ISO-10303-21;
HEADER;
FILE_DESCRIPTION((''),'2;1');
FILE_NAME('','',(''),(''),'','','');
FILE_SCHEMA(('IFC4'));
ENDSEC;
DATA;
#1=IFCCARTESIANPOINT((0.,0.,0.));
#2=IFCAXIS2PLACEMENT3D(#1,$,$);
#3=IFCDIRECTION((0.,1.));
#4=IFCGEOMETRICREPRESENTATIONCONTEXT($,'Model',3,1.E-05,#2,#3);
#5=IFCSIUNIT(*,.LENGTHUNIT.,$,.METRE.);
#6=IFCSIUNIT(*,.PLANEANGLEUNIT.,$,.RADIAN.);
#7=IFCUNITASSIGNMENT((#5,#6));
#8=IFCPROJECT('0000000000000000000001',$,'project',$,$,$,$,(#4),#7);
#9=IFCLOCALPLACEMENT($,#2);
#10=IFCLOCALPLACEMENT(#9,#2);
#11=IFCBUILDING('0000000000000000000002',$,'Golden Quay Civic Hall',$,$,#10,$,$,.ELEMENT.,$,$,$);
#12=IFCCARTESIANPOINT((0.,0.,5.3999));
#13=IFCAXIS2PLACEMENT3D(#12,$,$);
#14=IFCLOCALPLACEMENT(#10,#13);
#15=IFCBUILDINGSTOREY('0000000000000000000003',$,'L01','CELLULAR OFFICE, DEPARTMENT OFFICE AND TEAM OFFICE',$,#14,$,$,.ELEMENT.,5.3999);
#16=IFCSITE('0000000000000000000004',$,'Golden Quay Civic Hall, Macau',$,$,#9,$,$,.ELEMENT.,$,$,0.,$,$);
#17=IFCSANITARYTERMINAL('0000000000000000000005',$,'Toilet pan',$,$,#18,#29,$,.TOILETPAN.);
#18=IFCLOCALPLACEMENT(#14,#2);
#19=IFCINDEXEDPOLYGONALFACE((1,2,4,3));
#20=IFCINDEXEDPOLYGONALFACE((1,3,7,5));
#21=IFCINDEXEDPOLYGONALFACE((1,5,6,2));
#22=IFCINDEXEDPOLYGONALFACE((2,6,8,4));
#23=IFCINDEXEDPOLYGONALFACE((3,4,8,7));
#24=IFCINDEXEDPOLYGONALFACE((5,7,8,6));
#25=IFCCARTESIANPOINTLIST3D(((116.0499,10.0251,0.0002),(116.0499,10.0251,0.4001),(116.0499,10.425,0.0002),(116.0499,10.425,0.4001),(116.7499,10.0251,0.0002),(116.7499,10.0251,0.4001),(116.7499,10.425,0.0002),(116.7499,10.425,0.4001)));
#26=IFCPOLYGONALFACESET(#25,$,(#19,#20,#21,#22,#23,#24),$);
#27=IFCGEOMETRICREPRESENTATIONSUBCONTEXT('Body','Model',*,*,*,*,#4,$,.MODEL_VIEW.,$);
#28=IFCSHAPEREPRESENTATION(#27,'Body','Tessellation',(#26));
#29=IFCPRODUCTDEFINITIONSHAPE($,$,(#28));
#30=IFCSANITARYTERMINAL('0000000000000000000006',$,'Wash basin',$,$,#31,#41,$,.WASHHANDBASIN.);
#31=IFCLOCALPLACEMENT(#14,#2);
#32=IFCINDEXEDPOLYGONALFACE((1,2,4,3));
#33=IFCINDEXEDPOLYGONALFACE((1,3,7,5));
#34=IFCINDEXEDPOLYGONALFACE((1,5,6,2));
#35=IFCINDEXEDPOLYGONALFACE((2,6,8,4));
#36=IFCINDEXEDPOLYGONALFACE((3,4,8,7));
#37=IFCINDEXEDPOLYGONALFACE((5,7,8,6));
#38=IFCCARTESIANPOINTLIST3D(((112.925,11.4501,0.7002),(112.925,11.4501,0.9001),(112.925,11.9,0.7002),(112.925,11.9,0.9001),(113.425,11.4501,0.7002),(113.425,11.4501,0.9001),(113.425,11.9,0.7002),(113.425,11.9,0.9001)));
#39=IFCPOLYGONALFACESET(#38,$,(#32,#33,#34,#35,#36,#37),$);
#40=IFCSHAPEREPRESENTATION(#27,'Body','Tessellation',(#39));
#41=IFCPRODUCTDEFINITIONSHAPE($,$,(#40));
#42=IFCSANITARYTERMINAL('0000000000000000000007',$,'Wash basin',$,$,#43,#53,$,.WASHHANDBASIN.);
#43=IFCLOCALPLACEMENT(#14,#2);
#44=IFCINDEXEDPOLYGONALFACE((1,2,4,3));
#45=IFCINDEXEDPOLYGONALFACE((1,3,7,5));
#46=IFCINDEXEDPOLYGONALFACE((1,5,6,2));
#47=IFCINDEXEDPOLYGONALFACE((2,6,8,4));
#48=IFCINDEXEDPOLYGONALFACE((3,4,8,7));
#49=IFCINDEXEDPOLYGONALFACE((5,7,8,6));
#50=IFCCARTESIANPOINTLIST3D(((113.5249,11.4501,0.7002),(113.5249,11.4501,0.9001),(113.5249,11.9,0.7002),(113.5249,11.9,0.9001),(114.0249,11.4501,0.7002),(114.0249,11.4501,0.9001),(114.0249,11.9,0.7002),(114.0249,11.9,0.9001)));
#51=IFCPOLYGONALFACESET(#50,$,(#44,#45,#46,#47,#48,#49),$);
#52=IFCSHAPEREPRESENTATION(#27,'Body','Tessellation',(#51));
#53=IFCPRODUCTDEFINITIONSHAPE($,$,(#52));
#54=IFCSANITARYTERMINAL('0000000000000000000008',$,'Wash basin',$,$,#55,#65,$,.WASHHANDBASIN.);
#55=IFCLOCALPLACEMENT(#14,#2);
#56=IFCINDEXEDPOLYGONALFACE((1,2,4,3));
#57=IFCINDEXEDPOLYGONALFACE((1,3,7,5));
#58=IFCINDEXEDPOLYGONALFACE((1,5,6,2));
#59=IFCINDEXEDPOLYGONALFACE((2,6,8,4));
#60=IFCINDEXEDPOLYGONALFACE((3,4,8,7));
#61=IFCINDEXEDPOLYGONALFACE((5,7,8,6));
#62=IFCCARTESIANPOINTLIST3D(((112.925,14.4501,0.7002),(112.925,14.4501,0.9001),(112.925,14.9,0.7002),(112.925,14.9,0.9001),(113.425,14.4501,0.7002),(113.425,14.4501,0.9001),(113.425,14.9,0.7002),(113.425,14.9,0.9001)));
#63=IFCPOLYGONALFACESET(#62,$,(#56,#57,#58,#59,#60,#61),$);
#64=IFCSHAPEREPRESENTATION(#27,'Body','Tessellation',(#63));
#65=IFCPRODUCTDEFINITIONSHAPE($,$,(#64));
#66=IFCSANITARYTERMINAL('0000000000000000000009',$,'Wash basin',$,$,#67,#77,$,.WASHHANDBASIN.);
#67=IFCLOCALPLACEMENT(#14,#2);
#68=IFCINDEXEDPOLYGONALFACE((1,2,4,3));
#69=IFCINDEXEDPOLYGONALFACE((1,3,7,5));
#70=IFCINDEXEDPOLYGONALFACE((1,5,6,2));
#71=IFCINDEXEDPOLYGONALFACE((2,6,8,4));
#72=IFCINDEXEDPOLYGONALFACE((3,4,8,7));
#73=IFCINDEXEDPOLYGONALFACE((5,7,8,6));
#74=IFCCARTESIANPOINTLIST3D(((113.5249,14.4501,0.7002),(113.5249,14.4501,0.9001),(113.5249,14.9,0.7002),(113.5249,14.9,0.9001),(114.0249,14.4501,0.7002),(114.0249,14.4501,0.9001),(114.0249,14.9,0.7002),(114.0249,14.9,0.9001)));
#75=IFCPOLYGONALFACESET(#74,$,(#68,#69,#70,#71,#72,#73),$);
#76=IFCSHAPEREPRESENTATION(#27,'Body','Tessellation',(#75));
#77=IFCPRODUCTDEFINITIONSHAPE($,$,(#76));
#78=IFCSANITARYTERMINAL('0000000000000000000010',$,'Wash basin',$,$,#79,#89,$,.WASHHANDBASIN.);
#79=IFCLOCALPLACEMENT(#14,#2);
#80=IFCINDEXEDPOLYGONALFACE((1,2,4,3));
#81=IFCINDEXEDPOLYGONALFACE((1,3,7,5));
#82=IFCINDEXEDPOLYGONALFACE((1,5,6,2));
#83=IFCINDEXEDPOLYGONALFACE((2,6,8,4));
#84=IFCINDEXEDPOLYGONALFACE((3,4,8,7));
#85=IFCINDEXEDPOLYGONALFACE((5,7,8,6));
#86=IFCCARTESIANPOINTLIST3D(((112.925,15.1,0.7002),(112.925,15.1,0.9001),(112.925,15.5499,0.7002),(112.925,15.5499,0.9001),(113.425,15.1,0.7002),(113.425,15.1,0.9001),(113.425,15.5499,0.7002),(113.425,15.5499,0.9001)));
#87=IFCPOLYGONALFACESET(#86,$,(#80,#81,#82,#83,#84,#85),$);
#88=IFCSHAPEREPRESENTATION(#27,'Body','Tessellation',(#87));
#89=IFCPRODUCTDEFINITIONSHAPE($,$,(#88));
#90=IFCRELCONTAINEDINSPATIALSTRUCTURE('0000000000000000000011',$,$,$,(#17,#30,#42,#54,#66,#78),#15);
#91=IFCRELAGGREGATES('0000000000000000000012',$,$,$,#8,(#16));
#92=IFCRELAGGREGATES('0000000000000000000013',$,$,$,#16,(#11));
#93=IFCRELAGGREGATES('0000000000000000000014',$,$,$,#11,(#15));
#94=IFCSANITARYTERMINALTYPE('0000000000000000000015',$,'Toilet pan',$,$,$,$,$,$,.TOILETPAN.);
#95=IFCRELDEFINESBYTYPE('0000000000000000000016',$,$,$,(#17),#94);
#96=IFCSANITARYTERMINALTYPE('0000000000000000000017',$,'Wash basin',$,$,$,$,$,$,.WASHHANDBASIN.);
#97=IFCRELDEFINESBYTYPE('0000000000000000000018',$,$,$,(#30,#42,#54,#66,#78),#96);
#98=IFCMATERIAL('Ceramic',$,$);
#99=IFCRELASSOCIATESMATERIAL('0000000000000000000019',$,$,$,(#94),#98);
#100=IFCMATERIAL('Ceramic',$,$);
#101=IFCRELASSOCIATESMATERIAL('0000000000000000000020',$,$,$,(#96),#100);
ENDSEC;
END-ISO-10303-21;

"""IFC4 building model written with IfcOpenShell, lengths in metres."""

from ifc_helpers import new_model, si_unit, direction, frame, origin, origin_2d, place, context, subcontext, project, spatial, rectangle, extrude, material, type_object, element, save


model = new_model("IFC4")

# Units and contexts
model_context = context("Model", 3, precision=1e-05, world=origin(), true_north=direction((0.0, 1.0)))
body_context = subcontext(model_context, "Body", "Model", "MODEL_VIEW")
ifc_project = project(units=[si_unit("LENGTHUNIT", "METRE"), si_unit("PLANEANGLEUNIT", "RADIAN")], contexts=[model_context])

# Site, building, storey
site_placement = place(None, origin())
site = spatial("IfcSite", under=ifc_project, at=site_placement, Name="Golden Quay Civic Hall, Macau", CompositionType="ELEMENT", RefElevation=0.0)
building_placement = place(site_placement, origin())
building = spatial("IfcBuilding", under=site, at=building_placement, Name="Golden Quay Civic Hall", CompositionType="ELEMENT")
storey_placement = place(building_placement, frame((0.0, 0.0, 5.3999)))
storey = spatial("IfcBuildingStorey", under=building, at=storey_placement, Name="L01", Description="CELLULAR OFFICE, DEPARTMENT OFFICE AND TEAM OFFICE", CompositionType="ELEMENT", Elevation=5.3999)

# Sanitary terminals
ifc_material_1 = material(Name="Ceramic")
sanitary_terminal_type_1 = type_object("IfcSanitaryTerminalType", Name="Toilet pan", PredefinedType="TOILETPAN", material=ifc_material_1)
for number, where, z_axis, x_axis, name in (
    (1, (116.3999, 10.2251, 0.0002), (0.0, 0.0, 1.0), (0.0, 1.0, 0.0), "Toilet pan"),
):
    element("IfcSanitaryTerminal", number, at=place(storey_placement, frame(where, z_axis=z_axis, x_axis=x_axis)), inside=storey, type_object=sanitary_terminal_type_1, Name=name, PredefinedType="TOILETPAN", context=body_context, shape_type="SweptSolid", body=[
        extrude(rectangle(XDim=0.3999, YDim=0.7, at=origin_2d()), origin(), (0.0, 0.0, 1.0), 0.3999),
    ])
ifc_material_2 = material(Name="Ceramic")
sanitary_terminal_type_2 = type_object("IfcSanitaryTerminalType", Name="Wash basin", PredefinedType="WASHHANDBASIN", material=ifc_material_2)
for number, where, z_axis, x_axis, name in (
    (2, (113.175, 11.675, 0.7002), (0.0, 0.0, 1.0), (1.0, 0.0, 0.0), "Wash basin"),
    (3, (113.7749, 11.675, 0.7002), (0.0, 0.0, 1.0), (1.0, 0.0, 0.0), "Wash basin"),
    (4, (113.175, 14.675, 0.7002), (0.0, 0.0, 1.0), (1.0, 0.0, 0.0), "Wash basin"),
    (5, (113.7749, 14.675, 0.7002), (0.0, 0.0, 1.0), (1.0, 0.0, 0.0), "Wash basin"),
    (6, (113.175, 15.325, 0.7002), (0.0, 0.0, 1.0), (1.0, 0.0, 0.0), "Wash basin"),
):
    element("IfcSanitaryTerminal", number, at=place(storey_placement, frame(where, z_axis=z_axis, x_axis=x_axis)), inside=storey, type_object=sanitary_terminal_type_2, Name=name, PredefinedType="WASHHANDBASIN", context=body_context, shape_type="SweptSolid", body=[
        extrude(rectangle(XDim=0.5, YDim=0.45, at=origin_2d()), origin(), (0.0, 0.0, 1.0), 0.2),
    ])

save(model, "model.ifc")
